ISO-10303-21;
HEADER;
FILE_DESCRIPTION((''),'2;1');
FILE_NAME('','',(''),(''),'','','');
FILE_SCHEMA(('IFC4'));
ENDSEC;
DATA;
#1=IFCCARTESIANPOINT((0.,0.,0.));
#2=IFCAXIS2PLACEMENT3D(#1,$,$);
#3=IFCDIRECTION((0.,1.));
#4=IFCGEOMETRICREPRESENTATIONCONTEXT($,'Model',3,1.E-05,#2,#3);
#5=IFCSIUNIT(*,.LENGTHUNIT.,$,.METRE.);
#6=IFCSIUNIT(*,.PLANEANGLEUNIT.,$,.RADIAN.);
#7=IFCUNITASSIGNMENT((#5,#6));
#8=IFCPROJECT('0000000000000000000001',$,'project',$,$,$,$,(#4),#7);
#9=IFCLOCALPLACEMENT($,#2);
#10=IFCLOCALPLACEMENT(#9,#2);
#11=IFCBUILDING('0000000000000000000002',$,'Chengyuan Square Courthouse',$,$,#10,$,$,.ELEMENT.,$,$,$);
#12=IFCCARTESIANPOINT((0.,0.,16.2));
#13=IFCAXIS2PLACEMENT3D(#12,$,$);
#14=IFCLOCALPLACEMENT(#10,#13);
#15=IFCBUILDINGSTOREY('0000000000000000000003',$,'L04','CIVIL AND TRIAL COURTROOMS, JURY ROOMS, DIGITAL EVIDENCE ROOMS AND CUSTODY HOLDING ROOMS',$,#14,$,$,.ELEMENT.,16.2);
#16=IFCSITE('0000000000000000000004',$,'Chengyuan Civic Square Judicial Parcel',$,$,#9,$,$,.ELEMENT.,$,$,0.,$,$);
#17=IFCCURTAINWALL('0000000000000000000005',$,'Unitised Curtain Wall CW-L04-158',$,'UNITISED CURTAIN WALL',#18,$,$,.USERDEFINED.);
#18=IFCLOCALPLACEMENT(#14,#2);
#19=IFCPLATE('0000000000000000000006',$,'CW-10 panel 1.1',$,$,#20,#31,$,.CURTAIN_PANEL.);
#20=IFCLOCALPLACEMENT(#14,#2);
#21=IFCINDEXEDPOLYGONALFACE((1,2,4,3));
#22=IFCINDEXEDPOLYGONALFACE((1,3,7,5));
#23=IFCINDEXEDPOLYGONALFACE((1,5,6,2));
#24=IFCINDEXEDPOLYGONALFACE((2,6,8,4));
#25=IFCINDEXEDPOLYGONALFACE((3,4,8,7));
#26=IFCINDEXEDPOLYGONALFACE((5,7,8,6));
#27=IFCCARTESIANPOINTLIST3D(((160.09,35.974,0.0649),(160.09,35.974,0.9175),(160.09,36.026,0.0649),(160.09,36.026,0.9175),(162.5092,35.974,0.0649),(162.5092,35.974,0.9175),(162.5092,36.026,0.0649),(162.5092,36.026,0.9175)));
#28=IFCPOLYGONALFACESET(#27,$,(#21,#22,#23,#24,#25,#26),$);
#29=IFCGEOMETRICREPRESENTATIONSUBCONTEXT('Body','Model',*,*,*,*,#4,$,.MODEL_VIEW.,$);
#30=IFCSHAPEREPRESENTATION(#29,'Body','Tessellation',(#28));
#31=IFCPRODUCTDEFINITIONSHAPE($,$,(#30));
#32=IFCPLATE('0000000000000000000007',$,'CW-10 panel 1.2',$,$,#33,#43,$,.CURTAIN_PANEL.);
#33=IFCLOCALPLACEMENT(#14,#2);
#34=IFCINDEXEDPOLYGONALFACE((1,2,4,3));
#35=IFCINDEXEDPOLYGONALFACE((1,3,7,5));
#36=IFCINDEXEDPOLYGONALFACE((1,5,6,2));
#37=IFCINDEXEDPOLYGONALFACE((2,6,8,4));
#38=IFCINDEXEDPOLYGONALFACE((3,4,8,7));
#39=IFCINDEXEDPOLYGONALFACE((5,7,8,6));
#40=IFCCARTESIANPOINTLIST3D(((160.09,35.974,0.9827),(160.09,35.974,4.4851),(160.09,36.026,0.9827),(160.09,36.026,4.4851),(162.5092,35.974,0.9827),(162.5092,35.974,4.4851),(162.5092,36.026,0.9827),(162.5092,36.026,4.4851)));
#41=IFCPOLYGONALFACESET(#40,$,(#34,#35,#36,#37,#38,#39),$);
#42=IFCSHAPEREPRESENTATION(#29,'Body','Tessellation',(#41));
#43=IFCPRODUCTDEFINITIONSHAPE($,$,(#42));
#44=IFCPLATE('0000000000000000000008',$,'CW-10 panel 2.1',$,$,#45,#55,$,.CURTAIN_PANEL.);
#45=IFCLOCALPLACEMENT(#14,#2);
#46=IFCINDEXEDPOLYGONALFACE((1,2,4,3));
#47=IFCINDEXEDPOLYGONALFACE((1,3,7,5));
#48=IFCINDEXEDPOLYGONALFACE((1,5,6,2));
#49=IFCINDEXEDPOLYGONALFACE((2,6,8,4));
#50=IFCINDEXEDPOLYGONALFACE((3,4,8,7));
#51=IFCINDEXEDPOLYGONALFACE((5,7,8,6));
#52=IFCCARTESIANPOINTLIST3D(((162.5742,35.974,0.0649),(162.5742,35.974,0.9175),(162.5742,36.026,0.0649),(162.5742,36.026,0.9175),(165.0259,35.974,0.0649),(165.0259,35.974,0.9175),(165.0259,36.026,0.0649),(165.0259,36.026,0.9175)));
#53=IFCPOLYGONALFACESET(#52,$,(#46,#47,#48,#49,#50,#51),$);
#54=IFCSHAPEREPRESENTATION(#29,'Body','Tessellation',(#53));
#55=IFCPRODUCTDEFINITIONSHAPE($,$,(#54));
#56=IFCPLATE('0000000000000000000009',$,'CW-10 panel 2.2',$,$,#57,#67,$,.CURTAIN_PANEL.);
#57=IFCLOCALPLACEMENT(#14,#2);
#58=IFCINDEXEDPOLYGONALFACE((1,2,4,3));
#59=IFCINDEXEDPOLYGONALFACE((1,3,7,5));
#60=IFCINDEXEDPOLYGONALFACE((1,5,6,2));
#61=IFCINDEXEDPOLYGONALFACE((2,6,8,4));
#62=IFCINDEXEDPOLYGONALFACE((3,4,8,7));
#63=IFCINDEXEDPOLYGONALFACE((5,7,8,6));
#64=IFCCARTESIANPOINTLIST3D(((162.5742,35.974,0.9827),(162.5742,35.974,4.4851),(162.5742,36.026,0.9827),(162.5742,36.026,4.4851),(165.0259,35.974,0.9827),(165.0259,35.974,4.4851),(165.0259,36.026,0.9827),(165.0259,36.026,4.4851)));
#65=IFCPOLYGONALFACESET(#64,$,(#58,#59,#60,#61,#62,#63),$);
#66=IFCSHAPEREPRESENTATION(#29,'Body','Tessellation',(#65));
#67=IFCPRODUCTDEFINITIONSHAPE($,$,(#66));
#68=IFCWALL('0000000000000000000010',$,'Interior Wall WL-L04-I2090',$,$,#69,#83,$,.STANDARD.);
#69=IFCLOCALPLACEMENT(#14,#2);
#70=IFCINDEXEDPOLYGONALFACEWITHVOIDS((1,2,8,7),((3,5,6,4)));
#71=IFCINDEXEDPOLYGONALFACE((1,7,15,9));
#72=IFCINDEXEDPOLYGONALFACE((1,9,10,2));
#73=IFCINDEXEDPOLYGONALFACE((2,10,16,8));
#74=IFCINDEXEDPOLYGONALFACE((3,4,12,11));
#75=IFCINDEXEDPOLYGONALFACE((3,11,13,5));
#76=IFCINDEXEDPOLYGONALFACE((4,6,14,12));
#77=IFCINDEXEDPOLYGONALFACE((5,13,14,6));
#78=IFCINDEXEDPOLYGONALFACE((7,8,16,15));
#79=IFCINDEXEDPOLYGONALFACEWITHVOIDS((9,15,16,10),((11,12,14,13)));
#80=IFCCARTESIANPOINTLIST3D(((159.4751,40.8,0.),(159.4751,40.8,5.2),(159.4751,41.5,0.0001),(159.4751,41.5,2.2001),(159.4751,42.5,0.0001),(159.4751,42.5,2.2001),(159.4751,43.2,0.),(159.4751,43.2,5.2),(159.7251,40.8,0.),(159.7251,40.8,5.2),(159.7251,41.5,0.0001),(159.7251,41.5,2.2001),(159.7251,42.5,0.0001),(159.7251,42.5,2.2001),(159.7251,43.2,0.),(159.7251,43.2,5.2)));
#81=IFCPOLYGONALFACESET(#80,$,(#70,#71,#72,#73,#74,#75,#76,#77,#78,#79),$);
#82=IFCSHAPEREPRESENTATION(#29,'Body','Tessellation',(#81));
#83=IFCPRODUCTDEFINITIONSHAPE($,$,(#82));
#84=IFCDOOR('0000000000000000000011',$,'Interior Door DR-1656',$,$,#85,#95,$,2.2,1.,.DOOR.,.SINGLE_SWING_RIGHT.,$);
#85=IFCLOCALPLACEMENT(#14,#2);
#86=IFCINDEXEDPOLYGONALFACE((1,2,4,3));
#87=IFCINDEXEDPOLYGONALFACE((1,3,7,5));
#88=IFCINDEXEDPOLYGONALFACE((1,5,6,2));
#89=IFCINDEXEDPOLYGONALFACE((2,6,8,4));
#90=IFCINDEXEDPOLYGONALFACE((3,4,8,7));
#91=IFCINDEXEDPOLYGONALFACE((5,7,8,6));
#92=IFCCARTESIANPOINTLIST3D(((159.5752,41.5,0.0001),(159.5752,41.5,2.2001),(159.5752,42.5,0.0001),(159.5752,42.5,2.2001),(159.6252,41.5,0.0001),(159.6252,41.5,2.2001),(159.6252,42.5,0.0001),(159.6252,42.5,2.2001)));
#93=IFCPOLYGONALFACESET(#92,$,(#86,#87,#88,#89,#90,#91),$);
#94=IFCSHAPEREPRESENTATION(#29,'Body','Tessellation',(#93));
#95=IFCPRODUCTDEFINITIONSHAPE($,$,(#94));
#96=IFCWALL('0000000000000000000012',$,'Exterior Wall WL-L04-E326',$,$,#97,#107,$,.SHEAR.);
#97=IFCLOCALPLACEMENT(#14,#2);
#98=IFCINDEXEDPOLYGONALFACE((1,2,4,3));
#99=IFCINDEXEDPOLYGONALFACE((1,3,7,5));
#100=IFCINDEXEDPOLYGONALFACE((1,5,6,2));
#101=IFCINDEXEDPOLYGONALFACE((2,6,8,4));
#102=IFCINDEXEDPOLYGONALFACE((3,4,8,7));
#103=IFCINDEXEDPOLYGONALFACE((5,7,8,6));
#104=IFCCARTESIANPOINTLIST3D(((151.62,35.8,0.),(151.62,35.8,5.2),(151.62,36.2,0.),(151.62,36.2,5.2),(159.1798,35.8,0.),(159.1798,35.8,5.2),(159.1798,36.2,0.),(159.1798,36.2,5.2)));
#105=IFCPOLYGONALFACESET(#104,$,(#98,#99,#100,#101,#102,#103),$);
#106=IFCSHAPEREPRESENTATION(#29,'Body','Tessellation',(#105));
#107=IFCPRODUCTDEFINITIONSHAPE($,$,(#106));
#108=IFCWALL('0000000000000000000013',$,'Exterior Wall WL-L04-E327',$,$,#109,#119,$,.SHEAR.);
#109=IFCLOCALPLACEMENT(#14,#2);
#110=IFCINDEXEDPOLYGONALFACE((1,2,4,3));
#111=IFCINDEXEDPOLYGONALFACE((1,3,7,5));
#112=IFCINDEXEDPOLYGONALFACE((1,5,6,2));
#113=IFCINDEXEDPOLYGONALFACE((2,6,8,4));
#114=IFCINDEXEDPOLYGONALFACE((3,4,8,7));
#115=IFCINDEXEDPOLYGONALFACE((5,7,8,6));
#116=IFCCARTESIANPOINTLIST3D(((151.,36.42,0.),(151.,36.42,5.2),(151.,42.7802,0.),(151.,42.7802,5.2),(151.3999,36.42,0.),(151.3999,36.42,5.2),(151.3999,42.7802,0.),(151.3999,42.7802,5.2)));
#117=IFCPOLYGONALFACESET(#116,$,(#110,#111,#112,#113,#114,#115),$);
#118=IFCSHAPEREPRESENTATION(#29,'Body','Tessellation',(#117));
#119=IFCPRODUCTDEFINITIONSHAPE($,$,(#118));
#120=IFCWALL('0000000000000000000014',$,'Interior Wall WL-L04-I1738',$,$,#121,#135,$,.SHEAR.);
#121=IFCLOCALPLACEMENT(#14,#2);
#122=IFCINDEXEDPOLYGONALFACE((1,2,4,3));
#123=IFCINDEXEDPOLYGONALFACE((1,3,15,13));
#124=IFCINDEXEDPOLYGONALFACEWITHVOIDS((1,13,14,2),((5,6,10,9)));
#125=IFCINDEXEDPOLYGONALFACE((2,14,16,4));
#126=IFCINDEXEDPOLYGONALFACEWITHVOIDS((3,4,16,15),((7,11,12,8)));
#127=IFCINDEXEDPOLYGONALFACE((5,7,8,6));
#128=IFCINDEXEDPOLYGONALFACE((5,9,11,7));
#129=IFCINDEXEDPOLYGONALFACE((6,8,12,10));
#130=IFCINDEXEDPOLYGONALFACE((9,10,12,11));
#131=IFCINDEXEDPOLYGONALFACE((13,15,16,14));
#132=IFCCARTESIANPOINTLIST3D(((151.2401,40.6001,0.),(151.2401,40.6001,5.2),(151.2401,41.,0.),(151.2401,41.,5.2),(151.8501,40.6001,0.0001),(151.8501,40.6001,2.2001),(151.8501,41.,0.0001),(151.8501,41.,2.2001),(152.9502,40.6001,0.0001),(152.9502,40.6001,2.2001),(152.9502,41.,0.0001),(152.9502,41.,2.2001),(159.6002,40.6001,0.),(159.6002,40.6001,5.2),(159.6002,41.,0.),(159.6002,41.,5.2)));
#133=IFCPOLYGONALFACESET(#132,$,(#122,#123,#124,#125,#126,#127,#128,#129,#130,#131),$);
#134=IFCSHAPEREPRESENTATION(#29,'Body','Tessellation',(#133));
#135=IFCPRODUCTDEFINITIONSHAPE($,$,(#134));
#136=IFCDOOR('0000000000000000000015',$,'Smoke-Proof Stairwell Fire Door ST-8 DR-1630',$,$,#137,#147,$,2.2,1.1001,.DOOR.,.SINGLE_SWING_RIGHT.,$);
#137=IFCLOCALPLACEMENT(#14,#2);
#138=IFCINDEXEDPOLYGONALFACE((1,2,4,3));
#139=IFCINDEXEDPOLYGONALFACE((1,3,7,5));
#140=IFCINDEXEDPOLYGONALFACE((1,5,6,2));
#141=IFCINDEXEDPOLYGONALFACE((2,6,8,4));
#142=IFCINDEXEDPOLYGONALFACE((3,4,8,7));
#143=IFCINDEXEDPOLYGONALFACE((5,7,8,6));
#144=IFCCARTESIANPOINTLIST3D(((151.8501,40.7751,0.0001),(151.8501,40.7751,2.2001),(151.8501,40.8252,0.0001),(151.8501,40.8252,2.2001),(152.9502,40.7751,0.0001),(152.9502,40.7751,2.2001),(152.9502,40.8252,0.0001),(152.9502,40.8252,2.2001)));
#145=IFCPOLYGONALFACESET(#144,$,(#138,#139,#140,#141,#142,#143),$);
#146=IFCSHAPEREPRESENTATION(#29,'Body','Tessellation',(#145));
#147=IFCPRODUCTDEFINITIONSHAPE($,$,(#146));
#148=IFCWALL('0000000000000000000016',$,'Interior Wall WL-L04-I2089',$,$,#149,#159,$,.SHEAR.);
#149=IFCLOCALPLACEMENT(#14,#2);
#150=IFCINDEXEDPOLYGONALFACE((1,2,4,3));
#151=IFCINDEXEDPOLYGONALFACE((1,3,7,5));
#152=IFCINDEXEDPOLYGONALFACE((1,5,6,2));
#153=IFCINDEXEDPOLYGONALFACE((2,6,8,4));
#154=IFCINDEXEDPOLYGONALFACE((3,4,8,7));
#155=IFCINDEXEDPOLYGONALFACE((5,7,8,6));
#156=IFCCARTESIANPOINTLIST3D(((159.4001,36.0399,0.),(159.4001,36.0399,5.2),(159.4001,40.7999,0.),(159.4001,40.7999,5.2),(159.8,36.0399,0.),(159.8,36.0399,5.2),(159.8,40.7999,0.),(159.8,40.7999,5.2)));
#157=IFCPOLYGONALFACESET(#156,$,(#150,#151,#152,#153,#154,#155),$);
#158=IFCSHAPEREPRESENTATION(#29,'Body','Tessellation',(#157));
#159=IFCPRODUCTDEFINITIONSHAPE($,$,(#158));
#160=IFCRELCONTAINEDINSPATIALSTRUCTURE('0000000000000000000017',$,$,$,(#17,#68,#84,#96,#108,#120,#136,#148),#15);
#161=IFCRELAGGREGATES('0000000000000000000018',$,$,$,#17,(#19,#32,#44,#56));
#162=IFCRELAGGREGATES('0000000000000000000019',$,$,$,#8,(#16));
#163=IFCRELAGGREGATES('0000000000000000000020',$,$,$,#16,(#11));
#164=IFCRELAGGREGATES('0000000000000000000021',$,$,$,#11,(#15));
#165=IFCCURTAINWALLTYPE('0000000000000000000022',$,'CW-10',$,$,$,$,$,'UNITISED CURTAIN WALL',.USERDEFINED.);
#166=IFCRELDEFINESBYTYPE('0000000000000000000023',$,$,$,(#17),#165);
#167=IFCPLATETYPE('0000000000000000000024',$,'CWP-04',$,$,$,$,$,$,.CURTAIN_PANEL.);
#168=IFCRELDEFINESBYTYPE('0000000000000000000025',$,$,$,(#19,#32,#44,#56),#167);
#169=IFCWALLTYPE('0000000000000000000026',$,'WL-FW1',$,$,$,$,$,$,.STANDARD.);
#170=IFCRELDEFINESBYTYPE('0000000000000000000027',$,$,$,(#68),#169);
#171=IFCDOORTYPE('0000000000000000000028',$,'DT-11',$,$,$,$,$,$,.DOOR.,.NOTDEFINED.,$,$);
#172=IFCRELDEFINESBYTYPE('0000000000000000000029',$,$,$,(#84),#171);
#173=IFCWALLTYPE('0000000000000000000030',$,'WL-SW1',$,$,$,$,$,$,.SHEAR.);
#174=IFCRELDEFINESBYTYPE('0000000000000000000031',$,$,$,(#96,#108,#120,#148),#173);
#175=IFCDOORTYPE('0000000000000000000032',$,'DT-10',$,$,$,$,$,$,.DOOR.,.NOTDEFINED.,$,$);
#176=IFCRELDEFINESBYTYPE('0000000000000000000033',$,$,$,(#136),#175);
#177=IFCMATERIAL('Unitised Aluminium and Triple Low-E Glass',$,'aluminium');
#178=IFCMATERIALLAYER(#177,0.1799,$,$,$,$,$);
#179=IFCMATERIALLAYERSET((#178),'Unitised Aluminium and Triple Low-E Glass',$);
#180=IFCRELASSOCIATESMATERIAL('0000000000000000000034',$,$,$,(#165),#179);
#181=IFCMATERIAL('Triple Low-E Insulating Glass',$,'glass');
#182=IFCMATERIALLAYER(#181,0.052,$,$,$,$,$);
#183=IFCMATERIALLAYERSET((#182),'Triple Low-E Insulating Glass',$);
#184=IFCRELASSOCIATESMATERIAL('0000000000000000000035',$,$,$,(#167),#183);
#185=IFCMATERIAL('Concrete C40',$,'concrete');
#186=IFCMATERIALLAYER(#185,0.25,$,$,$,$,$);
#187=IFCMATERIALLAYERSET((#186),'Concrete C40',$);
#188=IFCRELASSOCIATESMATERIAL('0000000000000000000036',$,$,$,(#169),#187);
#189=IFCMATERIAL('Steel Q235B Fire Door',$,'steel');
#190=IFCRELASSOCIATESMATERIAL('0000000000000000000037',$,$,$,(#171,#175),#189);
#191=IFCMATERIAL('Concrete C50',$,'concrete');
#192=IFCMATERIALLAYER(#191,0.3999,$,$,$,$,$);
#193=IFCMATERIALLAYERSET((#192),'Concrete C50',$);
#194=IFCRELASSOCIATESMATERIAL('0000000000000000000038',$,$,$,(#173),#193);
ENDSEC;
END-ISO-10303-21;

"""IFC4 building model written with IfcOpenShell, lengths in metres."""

from ifc_helpers import new_model, si_unit, direction, frame, frame_2d, origin, origin_2d, place, context, subcontext, project, spatial, rectangle, extrude, material, layer, layer_set, type_object, element, fill, aggregate, save


model = new_model("IFC4")

# Units and contexts
model_context = context("Model", 3, precision=1e-05, world=origin(), true_north=direction((0.0, 1.0)))
body_context = subcontext(model_context, "Body", "Model", "MODEL_VIEW")
ifc_project = project(units=[si_unit("LENGTHUNIT", "METRE"), si_unit("PLANEANGLEUNIT", "RADIAN")], contexts=[model_context])

# Site, building, storey
site_placement = place(None, origin())
site = spatial("IfcSite", under=ifc_project, at=site_placement, Name="Chengyuan Civic Square Judicial Parcel", CompositionType="ELEMENT", RefElevation=0.0)
building_placement = place(site_placement, origin())
building = spatial("IfcBuilding", under=site, at=building_placement, Name="Chengyuan Square Courthouse", CompositionType="ELEMENT")
storey_placement = place(building_placement, frame((0.0, 0.0, 16.2)))
storey = spatial("IfcBuildingStorey", under=building, at=storey_placement, Name="L04", Description="CIVIL AND TRIAL COURTROOMS, JURY ROOMS, DIGITAL EVIDENCE ROOMS AND CUSTODY HOLDING ROOMS", CompositionType="ELEMENT", Elevation=16.2)

# Shared definitions
ifc_material_1 = material(Name="Concrete C50", Category="concrete")

# Shared definitions
ifc_material_2 = material(Name="Concrete C40", Category="concrete")

# Curtain wall, plates
ifc_material_3 = material(Name="Unitised Aluminium and Triple Low-E Glass", Category="aluminium")
ifc_layer_1 = layer(ifc_material_3, 0.1799)
ifc_layer_set_1 = layer_set([ifc_layer_1], Name="Unitised Aluminium and Triple Low-E Glass")
curtain_wall_type = type_object("IfcCurtainWallType", Name="CW-10", ElementType="UNITISED CURTAIN WALL", PredefinedType="USERDEFINED", material=ifc_layer_set_1)
curtain_wall_placement = place(storey_placement, origin())
curtain_wall = element("IfcCurtainWall", 1, at=curtain_wall_placement, inside=storey, type_object=curtain_wall_type, Name="Unitised Curtain Wall CW-L04-158", ObjectType="UNITISED CURTAIN WALL", PredefinedType="USERDEFINED")
ifc_material_4 = material(Name="Triple Low-E Insulating Glass", Category="glass")
ifc_layer_2 = layer(ifc_material_4, 0.052)
ifc_layer_set_2 = layer_set([ifc_layer_2], Name="Triple Low-E Insulating Glass")
plate_type = type_object("IfcPlateType", Name="CWP-04", PredefinedType="CURTAIN_PANEL", material=ifc_layer_set_2)
plate_1_placement = place(storey_placement, frame((161.2996, 36.0, 0.0649), z_axis=(0.0, 0.0, 1.0), x_axis=(1.0, 0.0, 0.0)))
plate_1 = element("IfcPlate", 2, at=plate_1_placement, type_object=plate_type, Name="CW-10 panel 1.1", PredefinedType="CURTAIN_PANEL", context=body_context, shape_type="SweptSolid", body=[
    extrude(rectangle(XDim=2.4192, YDim=0.052, at=origin_2d()), origin(), (0.0, 0.0, 1.0), 0.8525),
])
plate_2_placement = place(storey_placement, frame((161.2996, 36.0, 0.9827), z_axis=(0.0, 0.0, 1.0), x_axis=(1.0, 0.0, 0.0)))
plate_2 = element("IfcPlate", 3, at=plate_2_placement, type_object=plate_type, Name="CW-10 panel 1.2", PredefinedType="CURTAIN_PANEL", context=body_context, shape_type="SweptSolid", body=[
    extrude(rectangle(XDim=2.4192, YDim=0.052, at=origin_2d()), origin(), (0.0, 0.0, 1.0), 3.5024),
])
plate_3_placement = place(storey_placement, frame((163.8, 36.0, 0.0649), z_axis=(0.0, 0.0, 1.0), x_axis=(1.0, 0.0, 0.0)))
plate_3 = element("IfcPlate", 4, at=plate_3_placement, type_object=plate_type, Name="CW-10 panel 2.1", PredefinedType="CURTAIN_PANEL", context=body_context, shape_type="SweptSolid", body=[
    extrude(rectangle(XDim=2.4517, YDim=0.052, at=origin_2d()), origin(), (0.0, 0.0, 1.0), 0.8525),
])
plate_4_placement = place(storey_placement, frame((163.8, 36.0, 0.9827), z_axis=(0.0, 0.0, 1.0), x_axis=(1.0, 0.0, 0.0)))
plate_4 = element("IfcPlate", 5, at=plate_4_placement, type_object=plate_type, Name="CW-10 panel 2.2", PredefinedType="CURTAIN_PANEL", context=body_context, shape_type="SweptSolid", body=[
    extrude(rectangle(XDim=2.4517, YDim=0.052, at=origin_2d()), origin(), (0.0, 0.0, 1.0), 3.5024),
])
aggregate(curtain_wall, [plate_1, plate_2, plate_3, plate_4])

# Wall, opening, door
ifc_layer_3 = layer(ifc_material_2, 0.25)
ifc_layer_set_3 = layer_set([ifc_layer_3], Name="Concrete C40")
wall_type_1 = type_object("IfcWallType", Name="WL-FW1", PredefinedType="STANDARD", material=ifc_layer_set_3)
wall_1_placement = place(storey_placement, frame((159.6001, 40.8, 0.0), z_axis=(0.0, 0.0, 1.0), x_axis=(0.0, 1.0, 0.0)))
wall_1 = element("IfcWall", 6, at=wall_1_placement, inside=storey, type_object=wall_type_1, Name="Interior Wall WL-L04-I2090", PredefinedType="STANDARD", context=body_context, shape_type="SweptSolid", body=[
    extrude(rectangle(XDim=2.3999, YDim=0.25, at=frame_2d((1.2, 0.0))), origin(), (0.0, 0.0, 1.0), 5.2),
])
opening_1_placement = place(wall_1_placement, frame((0.7, 0.0, 0.0)))
opening_1 = element("IfcOpeningElement", 7, at=opening_1_placement, cuts=wall_1, PredefinedType="OPENING", context=body_context, shape_type="SweptSolid", body=[
    extrude(rectangle(XDim=1.0, YDim=2.2, at=frame_2d((0.5, 1.1001))), frame((0.0, 0.137, 0.0), z_axis=(0.0, -1.0, 0.0), x_axis=(1.0, 0.0, 0.0)), (0.0, 0.0, 1.0), 0.2739),
])
ifc_material_5 = material(Name="Steel Q235B Fire Door", Category="steel")
door_type_1 = type_object("IfcDoorType", Name="DT-11", OperationType="NOTDEFINED", PredefinedType="DOOR", material=ifc_material_5)
door_1_placement = place(opening_1_placement, origin())
door_1 = element("IfcDoor", 8, at=door_1_placement, inside=storey, type_object=door_type_1, Name="Interior Door DR-1656", OperationType="SINGLE_SWING_RIGHT", OverallHeight=2.2, OverallWidth=1.0, PredefinedType="DOOR", context=body_context, shape_type="SweptSolid", body=[
    extrude(rectangle(XDim=1.0, YDim=2.2, at=frame_2d((0.5, 1.1001))), frame((0.0, 0.0249, 0.0), z_axis=(0.0, -1.0, 0.0), x_axis=(1.0, 0.0, 0.0)), (0.0, 0.0, 1.0), 0.05),
])
fill(opening_1, door_1)

# Walls
ifc_layer_4 = layer(ifc_material_1, 0.3999)
ifc_layer_set_4 = layer_set([ifc_layer_4], Name="Concrete C50")
wall_type_2 = type_object("IfcWallType", Name="WL-SW1", PredefinedType="SHEAR", material=ifc_layer_set_4)
wall_2_placement = place(storey_placement, frame((151.6201, 36.0, 0.0), z_axis=(0.0, 0.0, 1.0), x_axis=(1.0, 0.0, 0.0)))
element("IfcWall", 9, at=wall_2_placement, inside=storey, type_object=wall_type_2, Name="Exterior Wall WL-L04-E326", PredefinedType="SHEAR", context=body_context, shape_type="SweptSolid", body=[
    extrude(rectangle(XDim=7.5598, YDim=0.3999, at=frame_2d((3.7798, 0.0))), origin(), (0.0, 0.0, 1.0), 5.2),
])
wall_3_placement = place(storey_placement, frame((151.2, 36.4199, 0.0), z_axis=(0.0, 0.0, 1.0), x_axis=(0.0, 1.0, 0.0)))
element("IfcWall", 10, at=wall_3_placement, inside=storey, type_object=wall_type_2, Name="Exterior Wall WL-L04-E327", PredefinedType="SHEAR", context=body_context, shape_type="SweptSolid", body=[
    extrude(rectangle(XDim=6.3601, YDim=0.3999, at=frame_2d((3.1802, 0.0))), origin(), (0.0, 0.0, 1.0), 5.2),
])

# Wall, opening, door
wall_4_placement = place(storey_placement, frame((151.24, 40.8, 0.0), z_axis=(0.0, 0.0, 1.0), x_axis=(1.0, 0.0, 0.0)))
wall_4 = element("IfcWall", 11, at=wall_4_placement, inside=storey, type_object=wall_type_2, Name="Interior Wall WL-L04-I1738", PredefinedType="SHEAR", context=body_context, shape_type="SweptSolid", body=[
    extrude(rectangle(XDim=8.3601, YDim=0.3999, at=frame_2d((4.1802, 0.0))), origin(), (0.0, 0.0, 1.0), 5.2),
])
opening_2_placement = place(wall_4_placement, frame((0.6101, 0.0, 0.0)))
opening_2 = element("IfcOpeningElement", 12, at=opening_2_placement, cuts=wall_4, PredefinedType="OPENING", context=body_context, shape_type="SweptSolid", body=[
    extrude(rectangle(XDim=1.1001, YDim=2.2, at=frame_2d((0.55, 1.1001))), frame((0.0, 0.2119, 0.0), z_axis=(0.0, -1.0, 0.0), x_axis=(1.0, 0.0, 0.0)), (0.0, 0.0, 1.0), 0.4238),
])
door_type_2 = type_object("IfcDoorType", Name="DT-10", OperationType="NOTDEFINED", PredefinedType="DOOR", material=ifc_material_5)
door_2_placement = place(opening_2_placement, frame((1.1001, 0.0, 0.0), z_axis=(0.0, 0.0, 1.0), x_axis=(-1.0, 0.0, 0.0)))
door_2 = element("IfcDoor", 13, at=door_2_placement, inside=storey, type_object=door_type_2, Name="Smoke-Proof Stairwell Fire Door ST-8 DR-1630", OperationType="SINGLE_SWING_RIGHT", OverallHeight=2.2, OverallWidth=1.1001, PredefinedType="DOOR", context=body_context, shape_type="SweptSolid", body=[
    extrude(rectangle(XDim=1.1001, YDim=2.2, at=frame_2d((0.55, 1.1001))), frame((0.0, 0.0249, 0.0), z_axis=(0.0, -1.0, 0.0), x_axis=(1.0, 0.0, 0.0)), (0.0, 0.0, 1.0), 0.05),
])
fill(opening_2, door_2)

# Wall
wall_5_placement = place(storey_placement, frame((159.6001, 36.04, 0.0), z_axis=(0.0, 0.0, 1.0), x_axis=(0.0, 1.0, 0.0)))
element("IfcWall", 14, at=wall_5_placement, inside=storey, type_object=wall_type_2, Name="Interior Wall WL-L04-I2089", PredefinedType="SHEAR", context=body_context, shape_type="SweptSolid", body=[
    extrude(rectangle(XDim=4.76, YDim=0.3999, at=frame_2d((2.3799, 0.0))), origin(), (0.0, 0.0, 1.0), 5.2),
])

save(model, "model.ifc")
